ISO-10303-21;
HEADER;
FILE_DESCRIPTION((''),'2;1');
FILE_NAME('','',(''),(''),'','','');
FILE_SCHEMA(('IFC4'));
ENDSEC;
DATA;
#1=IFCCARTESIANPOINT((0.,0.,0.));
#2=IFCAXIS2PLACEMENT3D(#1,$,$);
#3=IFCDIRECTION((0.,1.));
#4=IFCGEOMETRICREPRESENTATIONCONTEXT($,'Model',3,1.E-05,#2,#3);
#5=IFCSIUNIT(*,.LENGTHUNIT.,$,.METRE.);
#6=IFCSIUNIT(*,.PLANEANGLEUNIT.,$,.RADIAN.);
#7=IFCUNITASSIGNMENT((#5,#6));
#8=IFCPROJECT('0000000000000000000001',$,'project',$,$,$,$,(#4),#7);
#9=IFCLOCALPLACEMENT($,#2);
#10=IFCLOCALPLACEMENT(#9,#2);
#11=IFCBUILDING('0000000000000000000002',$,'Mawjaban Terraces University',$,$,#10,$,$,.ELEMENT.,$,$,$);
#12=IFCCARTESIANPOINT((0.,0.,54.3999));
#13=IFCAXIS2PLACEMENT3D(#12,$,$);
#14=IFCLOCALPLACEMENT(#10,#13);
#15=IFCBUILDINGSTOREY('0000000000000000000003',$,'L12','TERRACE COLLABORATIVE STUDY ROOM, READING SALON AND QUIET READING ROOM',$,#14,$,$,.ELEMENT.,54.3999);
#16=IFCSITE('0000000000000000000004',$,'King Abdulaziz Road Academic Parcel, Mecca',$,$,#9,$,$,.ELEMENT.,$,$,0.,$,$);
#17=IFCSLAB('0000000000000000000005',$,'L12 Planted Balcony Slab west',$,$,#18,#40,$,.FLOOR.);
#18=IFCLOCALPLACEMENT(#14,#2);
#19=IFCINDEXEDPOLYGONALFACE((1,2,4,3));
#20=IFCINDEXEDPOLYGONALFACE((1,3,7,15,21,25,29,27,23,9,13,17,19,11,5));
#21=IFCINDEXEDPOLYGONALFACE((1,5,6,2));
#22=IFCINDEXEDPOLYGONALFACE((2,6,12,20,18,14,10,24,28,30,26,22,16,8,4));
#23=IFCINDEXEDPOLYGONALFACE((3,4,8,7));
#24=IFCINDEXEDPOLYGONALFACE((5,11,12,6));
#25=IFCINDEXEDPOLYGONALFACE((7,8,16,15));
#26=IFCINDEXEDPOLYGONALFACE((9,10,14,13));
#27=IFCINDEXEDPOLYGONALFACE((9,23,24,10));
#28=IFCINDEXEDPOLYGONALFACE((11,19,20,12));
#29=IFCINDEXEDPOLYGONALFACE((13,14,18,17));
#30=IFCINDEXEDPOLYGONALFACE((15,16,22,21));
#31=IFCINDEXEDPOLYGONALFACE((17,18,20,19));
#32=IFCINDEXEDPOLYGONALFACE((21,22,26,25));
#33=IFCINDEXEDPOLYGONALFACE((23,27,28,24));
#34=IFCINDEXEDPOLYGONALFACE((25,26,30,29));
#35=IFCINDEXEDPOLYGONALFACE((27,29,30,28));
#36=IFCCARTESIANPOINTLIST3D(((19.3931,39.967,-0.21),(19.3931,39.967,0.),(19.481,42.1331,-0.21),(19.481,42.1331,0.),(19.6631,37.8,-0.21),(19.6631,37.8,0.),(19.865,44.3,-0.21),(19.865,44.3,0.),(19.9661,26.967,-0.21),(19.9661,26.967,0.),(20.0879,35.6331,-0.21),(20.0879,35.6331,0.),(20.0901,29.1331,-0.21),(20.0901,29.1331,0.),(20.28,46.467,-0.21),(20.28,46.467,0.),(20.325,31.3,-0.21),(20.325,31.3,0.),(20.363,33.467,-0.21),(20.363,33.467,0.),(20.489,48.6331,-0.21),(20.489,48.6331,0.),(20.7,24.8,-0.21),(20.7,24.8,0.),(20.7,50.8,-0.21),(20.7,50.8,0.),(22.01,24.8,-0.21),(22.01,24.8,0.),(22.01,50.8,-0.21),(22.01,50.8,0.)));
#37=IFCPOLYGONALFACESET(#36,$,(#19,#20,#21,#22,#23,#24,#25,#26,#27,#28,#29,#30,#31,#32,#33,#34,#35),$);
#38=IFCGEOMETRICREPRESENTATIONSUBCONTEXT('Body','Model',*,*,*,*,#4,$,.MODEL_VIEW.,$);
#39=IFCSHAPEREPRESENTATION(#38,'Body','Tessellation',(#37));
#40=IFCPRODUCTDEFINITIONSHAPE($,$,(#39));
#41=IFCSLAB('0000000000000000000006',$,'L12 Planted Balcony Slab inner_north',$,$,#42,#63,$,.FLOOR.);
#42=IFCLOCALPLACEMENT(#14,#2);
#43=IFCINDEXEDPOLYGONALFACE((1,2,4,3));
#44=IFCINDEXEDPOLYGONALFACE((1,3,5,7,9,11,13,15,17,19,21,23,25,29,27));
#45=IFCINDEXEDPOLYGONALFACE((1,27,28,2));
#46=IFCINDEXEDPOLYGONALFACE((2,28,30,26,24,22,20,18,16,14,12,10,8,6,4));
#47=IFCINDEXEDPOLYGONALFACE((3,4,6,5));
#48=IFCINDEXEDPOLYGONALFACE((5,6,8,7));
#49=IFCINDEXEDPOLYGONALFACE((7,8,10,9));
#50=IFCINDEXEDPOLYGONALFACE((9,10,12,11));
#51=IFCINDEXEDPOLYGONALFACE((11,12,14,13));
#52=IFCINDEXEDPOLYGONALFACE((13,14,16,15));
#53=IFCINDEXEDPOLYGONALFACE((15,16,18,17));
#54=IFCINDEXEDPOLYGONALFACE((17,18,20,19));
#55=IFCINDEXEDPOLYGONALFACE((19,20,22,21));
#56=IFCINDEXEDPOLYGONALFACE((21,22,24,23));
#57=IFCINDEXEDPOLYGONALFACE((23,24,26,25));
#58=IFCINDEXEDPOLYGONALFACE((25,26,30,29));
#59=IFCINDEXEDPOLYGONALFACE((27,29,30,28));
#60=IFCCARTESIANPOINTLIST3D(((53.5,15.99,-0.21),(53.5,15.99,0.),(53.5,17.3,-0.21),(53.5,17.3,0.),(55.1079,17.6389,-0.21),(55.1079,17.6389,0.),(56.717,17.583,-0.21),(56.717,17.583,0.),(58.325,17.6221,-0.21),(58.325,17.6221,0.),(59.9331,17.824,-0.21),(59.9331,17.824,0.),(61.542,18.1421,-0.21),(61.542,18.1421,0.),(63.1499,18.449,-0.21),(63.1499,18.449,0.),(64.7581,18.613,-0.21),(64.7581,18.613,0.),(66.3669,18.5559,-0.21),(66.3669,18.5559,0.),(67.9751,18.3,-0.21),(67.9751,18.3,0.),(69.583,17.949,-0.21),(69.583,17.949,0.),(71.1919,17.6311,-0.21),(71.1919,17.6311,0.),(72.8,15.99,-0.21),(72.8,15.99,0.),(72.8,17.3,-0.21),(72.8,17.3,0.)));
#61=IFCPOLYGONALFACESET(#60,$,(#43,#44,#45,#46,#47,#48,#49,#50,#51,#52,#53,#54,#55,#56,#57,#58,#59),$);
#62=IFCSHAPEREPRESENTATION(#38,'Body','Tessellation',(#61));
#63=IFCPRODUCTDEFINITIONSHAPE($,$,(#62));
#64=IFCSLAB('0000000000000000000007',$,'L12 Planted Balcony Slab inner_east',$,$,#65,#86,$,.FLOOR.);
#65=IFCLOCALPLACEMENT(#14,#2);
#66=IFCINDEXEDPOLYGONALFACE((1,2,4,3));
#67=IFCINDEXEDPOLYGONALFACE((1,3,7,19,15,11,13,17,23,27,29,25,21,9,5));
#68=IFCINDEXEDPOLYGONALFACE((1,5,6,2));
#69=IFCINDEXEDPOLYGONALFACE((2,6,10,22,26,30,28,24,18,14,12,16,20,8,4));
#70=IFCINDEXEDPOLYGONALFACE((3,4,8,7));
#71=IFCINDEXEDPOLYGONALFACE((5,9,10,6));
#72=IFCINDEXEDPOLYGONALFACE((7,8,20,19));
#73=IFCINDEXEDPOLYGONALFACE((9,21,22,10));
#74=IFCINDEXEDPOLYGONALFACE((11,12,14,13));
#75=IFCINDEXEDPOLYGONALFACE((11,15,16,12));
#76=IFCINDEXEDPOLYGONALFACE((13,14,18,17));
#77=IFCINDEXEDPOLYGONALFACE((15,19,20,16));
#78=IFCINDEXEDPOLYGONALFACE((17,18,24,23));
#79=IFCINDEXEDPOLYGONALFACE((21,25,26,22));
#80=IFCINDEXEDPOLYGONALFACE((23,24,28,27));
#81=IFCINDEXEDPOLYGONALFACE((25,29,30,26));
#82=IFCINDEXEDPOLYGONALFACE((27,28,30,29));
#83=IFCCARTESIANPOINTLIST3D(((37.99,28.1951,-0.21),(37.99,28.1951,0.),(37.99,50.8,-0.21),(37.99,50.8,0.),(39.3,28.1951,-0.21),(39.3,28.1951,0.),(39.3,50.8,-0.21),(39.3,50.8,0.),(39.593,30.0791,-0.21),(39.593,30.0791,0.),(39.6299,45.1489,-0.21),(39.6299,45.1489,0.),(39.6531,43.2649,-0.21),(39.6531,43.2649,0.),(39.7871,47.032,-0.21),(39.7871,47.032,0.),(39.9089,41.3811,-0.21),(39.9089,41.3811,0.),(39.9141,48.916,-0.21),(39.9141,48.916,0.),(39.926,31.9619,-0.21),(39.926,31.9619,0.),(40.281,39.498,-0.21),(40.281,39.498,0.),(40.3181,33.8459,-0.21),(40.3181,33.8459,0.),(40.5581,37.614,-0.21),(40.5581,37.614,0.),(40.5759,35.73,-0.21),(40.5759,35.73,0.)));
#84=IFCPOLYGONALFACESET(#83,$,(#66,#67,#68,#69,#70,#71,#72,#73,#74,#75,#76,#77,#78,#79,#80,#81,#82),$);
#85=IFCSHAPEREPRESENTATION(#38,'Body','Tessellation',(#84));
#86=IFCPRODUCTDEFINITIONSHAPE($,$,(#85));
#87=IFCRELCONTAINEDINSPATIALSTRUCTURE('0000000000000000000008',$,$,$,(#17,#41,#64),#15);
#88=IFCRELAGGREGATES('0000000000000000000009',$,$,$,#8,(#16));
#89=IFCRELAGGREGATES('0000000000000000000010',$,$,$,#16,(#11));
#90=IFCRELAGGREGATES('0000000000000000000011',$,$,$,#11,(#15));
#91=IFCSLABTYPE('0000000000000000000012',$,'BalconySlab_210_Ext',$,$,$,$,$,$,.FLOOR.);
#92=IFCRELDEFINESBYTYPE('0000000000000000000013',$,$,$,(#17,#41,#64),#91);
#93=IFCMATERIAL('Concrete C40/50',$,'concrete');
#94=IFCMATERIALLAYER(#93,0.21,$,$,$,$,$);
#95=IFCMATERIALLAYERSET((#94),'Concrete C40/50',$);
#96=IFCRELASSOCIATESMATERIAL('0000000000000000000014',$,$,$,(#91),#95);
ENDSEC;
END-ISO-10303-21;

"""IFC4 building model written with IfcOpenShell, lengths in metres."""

from ifc_helpers import new_model, si_unit, direction, frame, origin, place, context, subcontext, project, spatial, polyline, outline, extrude, material, layer, layer_set, type_object, element, save


model = new_model("IFC4")

# Units and contexts
model_context = context("Model", 3, precision=1e-05, world=origin(), true_north=direction((0.0, 1.0)))
body_context = subcontext(model_context, "Body", "Model", "MODEL_VIEW")
ifc_project = project(units=[si_unit("LENGTHUNIT", "METRE"), si_unit("PLANEANGLEUNIT", "RADIAN")], contexts=[model_context])

# Site, building, storey
site_placement = place(None, origin())
site = spatial("IfcSite", under=ifc_project, at=site_placement, Name="King Abdulaziz Road Academic Parcel, Mecca", CompositionType="ELEMENT", RefElevation=0.0)
building_placement = place(site_placement, origin())
building = spatial("IfcBuilding", under=site, at=building_placement, Name="Mawjaban Terraces University", CompositionType="ELEMENT")
storey_placement = place(building_placement, frame((0.0, 0.0, 54.3999)))
storey = spatial("IfcBuildingStorey", under=building, at=storey_placement, Name="L12", Description="TERRACE COLLABORATIVE STUDY ROOM, READING SALON AND QUIET READING ROOM", CompositionType="ELEMENT", Elevation=54.3999)

# Slabs
ifc_material_1 = material(Name="Concrete C40/50", Category="concrete")
ifc_layer_1 = layer(ifc_material_1, 0.21)
ifc_layer_set_1 = layer_set([ifc_layer_1], Name="Concrete C40/50")
slab_type_1 = type_object("IfcSlabType", Name="BalconySlab_210_Ext", PredefinedType="FLOOR", material=ifc_layer_set_1)
slab_1_placement = place(storey_placement, frame((0.0, 0.0, -0.21)))
element("IfcSlab", 1, at=slab_1_placement, inside=storey, type_object=slab_type_1, Name="L12 Planted Balcony Slab west", PredefinedType="FLOOR", context=body_context, shape_type="SweptSolid", body=[
    extrude(outline(polyline([(22.01, 24.8), (22.01, 50.8), (20.7, 50.8), (20.489, 48.6331), (20.28, 46.467), (19.865, 44.3), (19.481, 42.1331), (19.3931, 39.967), (19.6631, 37.8), (20.0879, 35.6331), (20.363, 33.467), (20.325, 31.3), (20.0901, 29.1331), (19.9661, 26.967), (20.7, 24.8), (22.01, 24.8)])), origin(), (0.0, 0.0, 1.0), 0.21),
])
slab_2_placement = place(storey_placement, frame((0.0, 0.0, -0.21)))
element("IfcSlab", 2, at=slab_2_placement, inside=storey, type_object=slab_type_1, Name="L12 Planted Balcony Slab inner_north", PredefinedType="FLOOR", context=body_context, shape_type="SweptSolid", body=[
    extrude(outline(polyline([(53.5, 15.99), (72.8, 15.99), (72.8, 17.3), (71.1919, 17.6311), (69.583, 17.949), (67.9751, 18.3), (66.3669, 18.5559), (64.7581, 18.613), (63.1499, 18.449), (61.542, 18.1421), (59.9331, 17.824), (58.325, 17.6221), (56.717, 17.583), (55.1079, 17.6389), (53.5, 17.3), (53.5, 15.99)])), origin(), (0.0, 0.0, 1.0), 0.21),
])
slab_3_placement = place(storey_placement, frame((0.0, 0.0, -0.21)))
element("IfcSlab", 3, at=slab_3_placement, inside=storey, type_object=slab_type_1, Name="L12 Planted Balcony Slab inner_east", PredefinedType="FLOOR", context=body_context, shape_type="SweptSolid", body=[
    extrude(outline(polyline([(39.3, 28.1951), (39.593, 30.0791), (39.926, 31.9619), (40.3181, 33.8459), (40.5759, 35.73), (40.5581, 37.614), (40.281, 39.498), (39.9089, 41.3811), (39.6531, 43.2649), (39.6299, 45.1489), (39.7871, 47.032), (39.9141, 48.916), (39.3, 50.8), (37.99, 50.8), (37.99, 28.1951), (39.3, 28.1951)])), origin(), (0.0, 0.0, 1.0), 0.21),
])

save(model, "model.ifc")
